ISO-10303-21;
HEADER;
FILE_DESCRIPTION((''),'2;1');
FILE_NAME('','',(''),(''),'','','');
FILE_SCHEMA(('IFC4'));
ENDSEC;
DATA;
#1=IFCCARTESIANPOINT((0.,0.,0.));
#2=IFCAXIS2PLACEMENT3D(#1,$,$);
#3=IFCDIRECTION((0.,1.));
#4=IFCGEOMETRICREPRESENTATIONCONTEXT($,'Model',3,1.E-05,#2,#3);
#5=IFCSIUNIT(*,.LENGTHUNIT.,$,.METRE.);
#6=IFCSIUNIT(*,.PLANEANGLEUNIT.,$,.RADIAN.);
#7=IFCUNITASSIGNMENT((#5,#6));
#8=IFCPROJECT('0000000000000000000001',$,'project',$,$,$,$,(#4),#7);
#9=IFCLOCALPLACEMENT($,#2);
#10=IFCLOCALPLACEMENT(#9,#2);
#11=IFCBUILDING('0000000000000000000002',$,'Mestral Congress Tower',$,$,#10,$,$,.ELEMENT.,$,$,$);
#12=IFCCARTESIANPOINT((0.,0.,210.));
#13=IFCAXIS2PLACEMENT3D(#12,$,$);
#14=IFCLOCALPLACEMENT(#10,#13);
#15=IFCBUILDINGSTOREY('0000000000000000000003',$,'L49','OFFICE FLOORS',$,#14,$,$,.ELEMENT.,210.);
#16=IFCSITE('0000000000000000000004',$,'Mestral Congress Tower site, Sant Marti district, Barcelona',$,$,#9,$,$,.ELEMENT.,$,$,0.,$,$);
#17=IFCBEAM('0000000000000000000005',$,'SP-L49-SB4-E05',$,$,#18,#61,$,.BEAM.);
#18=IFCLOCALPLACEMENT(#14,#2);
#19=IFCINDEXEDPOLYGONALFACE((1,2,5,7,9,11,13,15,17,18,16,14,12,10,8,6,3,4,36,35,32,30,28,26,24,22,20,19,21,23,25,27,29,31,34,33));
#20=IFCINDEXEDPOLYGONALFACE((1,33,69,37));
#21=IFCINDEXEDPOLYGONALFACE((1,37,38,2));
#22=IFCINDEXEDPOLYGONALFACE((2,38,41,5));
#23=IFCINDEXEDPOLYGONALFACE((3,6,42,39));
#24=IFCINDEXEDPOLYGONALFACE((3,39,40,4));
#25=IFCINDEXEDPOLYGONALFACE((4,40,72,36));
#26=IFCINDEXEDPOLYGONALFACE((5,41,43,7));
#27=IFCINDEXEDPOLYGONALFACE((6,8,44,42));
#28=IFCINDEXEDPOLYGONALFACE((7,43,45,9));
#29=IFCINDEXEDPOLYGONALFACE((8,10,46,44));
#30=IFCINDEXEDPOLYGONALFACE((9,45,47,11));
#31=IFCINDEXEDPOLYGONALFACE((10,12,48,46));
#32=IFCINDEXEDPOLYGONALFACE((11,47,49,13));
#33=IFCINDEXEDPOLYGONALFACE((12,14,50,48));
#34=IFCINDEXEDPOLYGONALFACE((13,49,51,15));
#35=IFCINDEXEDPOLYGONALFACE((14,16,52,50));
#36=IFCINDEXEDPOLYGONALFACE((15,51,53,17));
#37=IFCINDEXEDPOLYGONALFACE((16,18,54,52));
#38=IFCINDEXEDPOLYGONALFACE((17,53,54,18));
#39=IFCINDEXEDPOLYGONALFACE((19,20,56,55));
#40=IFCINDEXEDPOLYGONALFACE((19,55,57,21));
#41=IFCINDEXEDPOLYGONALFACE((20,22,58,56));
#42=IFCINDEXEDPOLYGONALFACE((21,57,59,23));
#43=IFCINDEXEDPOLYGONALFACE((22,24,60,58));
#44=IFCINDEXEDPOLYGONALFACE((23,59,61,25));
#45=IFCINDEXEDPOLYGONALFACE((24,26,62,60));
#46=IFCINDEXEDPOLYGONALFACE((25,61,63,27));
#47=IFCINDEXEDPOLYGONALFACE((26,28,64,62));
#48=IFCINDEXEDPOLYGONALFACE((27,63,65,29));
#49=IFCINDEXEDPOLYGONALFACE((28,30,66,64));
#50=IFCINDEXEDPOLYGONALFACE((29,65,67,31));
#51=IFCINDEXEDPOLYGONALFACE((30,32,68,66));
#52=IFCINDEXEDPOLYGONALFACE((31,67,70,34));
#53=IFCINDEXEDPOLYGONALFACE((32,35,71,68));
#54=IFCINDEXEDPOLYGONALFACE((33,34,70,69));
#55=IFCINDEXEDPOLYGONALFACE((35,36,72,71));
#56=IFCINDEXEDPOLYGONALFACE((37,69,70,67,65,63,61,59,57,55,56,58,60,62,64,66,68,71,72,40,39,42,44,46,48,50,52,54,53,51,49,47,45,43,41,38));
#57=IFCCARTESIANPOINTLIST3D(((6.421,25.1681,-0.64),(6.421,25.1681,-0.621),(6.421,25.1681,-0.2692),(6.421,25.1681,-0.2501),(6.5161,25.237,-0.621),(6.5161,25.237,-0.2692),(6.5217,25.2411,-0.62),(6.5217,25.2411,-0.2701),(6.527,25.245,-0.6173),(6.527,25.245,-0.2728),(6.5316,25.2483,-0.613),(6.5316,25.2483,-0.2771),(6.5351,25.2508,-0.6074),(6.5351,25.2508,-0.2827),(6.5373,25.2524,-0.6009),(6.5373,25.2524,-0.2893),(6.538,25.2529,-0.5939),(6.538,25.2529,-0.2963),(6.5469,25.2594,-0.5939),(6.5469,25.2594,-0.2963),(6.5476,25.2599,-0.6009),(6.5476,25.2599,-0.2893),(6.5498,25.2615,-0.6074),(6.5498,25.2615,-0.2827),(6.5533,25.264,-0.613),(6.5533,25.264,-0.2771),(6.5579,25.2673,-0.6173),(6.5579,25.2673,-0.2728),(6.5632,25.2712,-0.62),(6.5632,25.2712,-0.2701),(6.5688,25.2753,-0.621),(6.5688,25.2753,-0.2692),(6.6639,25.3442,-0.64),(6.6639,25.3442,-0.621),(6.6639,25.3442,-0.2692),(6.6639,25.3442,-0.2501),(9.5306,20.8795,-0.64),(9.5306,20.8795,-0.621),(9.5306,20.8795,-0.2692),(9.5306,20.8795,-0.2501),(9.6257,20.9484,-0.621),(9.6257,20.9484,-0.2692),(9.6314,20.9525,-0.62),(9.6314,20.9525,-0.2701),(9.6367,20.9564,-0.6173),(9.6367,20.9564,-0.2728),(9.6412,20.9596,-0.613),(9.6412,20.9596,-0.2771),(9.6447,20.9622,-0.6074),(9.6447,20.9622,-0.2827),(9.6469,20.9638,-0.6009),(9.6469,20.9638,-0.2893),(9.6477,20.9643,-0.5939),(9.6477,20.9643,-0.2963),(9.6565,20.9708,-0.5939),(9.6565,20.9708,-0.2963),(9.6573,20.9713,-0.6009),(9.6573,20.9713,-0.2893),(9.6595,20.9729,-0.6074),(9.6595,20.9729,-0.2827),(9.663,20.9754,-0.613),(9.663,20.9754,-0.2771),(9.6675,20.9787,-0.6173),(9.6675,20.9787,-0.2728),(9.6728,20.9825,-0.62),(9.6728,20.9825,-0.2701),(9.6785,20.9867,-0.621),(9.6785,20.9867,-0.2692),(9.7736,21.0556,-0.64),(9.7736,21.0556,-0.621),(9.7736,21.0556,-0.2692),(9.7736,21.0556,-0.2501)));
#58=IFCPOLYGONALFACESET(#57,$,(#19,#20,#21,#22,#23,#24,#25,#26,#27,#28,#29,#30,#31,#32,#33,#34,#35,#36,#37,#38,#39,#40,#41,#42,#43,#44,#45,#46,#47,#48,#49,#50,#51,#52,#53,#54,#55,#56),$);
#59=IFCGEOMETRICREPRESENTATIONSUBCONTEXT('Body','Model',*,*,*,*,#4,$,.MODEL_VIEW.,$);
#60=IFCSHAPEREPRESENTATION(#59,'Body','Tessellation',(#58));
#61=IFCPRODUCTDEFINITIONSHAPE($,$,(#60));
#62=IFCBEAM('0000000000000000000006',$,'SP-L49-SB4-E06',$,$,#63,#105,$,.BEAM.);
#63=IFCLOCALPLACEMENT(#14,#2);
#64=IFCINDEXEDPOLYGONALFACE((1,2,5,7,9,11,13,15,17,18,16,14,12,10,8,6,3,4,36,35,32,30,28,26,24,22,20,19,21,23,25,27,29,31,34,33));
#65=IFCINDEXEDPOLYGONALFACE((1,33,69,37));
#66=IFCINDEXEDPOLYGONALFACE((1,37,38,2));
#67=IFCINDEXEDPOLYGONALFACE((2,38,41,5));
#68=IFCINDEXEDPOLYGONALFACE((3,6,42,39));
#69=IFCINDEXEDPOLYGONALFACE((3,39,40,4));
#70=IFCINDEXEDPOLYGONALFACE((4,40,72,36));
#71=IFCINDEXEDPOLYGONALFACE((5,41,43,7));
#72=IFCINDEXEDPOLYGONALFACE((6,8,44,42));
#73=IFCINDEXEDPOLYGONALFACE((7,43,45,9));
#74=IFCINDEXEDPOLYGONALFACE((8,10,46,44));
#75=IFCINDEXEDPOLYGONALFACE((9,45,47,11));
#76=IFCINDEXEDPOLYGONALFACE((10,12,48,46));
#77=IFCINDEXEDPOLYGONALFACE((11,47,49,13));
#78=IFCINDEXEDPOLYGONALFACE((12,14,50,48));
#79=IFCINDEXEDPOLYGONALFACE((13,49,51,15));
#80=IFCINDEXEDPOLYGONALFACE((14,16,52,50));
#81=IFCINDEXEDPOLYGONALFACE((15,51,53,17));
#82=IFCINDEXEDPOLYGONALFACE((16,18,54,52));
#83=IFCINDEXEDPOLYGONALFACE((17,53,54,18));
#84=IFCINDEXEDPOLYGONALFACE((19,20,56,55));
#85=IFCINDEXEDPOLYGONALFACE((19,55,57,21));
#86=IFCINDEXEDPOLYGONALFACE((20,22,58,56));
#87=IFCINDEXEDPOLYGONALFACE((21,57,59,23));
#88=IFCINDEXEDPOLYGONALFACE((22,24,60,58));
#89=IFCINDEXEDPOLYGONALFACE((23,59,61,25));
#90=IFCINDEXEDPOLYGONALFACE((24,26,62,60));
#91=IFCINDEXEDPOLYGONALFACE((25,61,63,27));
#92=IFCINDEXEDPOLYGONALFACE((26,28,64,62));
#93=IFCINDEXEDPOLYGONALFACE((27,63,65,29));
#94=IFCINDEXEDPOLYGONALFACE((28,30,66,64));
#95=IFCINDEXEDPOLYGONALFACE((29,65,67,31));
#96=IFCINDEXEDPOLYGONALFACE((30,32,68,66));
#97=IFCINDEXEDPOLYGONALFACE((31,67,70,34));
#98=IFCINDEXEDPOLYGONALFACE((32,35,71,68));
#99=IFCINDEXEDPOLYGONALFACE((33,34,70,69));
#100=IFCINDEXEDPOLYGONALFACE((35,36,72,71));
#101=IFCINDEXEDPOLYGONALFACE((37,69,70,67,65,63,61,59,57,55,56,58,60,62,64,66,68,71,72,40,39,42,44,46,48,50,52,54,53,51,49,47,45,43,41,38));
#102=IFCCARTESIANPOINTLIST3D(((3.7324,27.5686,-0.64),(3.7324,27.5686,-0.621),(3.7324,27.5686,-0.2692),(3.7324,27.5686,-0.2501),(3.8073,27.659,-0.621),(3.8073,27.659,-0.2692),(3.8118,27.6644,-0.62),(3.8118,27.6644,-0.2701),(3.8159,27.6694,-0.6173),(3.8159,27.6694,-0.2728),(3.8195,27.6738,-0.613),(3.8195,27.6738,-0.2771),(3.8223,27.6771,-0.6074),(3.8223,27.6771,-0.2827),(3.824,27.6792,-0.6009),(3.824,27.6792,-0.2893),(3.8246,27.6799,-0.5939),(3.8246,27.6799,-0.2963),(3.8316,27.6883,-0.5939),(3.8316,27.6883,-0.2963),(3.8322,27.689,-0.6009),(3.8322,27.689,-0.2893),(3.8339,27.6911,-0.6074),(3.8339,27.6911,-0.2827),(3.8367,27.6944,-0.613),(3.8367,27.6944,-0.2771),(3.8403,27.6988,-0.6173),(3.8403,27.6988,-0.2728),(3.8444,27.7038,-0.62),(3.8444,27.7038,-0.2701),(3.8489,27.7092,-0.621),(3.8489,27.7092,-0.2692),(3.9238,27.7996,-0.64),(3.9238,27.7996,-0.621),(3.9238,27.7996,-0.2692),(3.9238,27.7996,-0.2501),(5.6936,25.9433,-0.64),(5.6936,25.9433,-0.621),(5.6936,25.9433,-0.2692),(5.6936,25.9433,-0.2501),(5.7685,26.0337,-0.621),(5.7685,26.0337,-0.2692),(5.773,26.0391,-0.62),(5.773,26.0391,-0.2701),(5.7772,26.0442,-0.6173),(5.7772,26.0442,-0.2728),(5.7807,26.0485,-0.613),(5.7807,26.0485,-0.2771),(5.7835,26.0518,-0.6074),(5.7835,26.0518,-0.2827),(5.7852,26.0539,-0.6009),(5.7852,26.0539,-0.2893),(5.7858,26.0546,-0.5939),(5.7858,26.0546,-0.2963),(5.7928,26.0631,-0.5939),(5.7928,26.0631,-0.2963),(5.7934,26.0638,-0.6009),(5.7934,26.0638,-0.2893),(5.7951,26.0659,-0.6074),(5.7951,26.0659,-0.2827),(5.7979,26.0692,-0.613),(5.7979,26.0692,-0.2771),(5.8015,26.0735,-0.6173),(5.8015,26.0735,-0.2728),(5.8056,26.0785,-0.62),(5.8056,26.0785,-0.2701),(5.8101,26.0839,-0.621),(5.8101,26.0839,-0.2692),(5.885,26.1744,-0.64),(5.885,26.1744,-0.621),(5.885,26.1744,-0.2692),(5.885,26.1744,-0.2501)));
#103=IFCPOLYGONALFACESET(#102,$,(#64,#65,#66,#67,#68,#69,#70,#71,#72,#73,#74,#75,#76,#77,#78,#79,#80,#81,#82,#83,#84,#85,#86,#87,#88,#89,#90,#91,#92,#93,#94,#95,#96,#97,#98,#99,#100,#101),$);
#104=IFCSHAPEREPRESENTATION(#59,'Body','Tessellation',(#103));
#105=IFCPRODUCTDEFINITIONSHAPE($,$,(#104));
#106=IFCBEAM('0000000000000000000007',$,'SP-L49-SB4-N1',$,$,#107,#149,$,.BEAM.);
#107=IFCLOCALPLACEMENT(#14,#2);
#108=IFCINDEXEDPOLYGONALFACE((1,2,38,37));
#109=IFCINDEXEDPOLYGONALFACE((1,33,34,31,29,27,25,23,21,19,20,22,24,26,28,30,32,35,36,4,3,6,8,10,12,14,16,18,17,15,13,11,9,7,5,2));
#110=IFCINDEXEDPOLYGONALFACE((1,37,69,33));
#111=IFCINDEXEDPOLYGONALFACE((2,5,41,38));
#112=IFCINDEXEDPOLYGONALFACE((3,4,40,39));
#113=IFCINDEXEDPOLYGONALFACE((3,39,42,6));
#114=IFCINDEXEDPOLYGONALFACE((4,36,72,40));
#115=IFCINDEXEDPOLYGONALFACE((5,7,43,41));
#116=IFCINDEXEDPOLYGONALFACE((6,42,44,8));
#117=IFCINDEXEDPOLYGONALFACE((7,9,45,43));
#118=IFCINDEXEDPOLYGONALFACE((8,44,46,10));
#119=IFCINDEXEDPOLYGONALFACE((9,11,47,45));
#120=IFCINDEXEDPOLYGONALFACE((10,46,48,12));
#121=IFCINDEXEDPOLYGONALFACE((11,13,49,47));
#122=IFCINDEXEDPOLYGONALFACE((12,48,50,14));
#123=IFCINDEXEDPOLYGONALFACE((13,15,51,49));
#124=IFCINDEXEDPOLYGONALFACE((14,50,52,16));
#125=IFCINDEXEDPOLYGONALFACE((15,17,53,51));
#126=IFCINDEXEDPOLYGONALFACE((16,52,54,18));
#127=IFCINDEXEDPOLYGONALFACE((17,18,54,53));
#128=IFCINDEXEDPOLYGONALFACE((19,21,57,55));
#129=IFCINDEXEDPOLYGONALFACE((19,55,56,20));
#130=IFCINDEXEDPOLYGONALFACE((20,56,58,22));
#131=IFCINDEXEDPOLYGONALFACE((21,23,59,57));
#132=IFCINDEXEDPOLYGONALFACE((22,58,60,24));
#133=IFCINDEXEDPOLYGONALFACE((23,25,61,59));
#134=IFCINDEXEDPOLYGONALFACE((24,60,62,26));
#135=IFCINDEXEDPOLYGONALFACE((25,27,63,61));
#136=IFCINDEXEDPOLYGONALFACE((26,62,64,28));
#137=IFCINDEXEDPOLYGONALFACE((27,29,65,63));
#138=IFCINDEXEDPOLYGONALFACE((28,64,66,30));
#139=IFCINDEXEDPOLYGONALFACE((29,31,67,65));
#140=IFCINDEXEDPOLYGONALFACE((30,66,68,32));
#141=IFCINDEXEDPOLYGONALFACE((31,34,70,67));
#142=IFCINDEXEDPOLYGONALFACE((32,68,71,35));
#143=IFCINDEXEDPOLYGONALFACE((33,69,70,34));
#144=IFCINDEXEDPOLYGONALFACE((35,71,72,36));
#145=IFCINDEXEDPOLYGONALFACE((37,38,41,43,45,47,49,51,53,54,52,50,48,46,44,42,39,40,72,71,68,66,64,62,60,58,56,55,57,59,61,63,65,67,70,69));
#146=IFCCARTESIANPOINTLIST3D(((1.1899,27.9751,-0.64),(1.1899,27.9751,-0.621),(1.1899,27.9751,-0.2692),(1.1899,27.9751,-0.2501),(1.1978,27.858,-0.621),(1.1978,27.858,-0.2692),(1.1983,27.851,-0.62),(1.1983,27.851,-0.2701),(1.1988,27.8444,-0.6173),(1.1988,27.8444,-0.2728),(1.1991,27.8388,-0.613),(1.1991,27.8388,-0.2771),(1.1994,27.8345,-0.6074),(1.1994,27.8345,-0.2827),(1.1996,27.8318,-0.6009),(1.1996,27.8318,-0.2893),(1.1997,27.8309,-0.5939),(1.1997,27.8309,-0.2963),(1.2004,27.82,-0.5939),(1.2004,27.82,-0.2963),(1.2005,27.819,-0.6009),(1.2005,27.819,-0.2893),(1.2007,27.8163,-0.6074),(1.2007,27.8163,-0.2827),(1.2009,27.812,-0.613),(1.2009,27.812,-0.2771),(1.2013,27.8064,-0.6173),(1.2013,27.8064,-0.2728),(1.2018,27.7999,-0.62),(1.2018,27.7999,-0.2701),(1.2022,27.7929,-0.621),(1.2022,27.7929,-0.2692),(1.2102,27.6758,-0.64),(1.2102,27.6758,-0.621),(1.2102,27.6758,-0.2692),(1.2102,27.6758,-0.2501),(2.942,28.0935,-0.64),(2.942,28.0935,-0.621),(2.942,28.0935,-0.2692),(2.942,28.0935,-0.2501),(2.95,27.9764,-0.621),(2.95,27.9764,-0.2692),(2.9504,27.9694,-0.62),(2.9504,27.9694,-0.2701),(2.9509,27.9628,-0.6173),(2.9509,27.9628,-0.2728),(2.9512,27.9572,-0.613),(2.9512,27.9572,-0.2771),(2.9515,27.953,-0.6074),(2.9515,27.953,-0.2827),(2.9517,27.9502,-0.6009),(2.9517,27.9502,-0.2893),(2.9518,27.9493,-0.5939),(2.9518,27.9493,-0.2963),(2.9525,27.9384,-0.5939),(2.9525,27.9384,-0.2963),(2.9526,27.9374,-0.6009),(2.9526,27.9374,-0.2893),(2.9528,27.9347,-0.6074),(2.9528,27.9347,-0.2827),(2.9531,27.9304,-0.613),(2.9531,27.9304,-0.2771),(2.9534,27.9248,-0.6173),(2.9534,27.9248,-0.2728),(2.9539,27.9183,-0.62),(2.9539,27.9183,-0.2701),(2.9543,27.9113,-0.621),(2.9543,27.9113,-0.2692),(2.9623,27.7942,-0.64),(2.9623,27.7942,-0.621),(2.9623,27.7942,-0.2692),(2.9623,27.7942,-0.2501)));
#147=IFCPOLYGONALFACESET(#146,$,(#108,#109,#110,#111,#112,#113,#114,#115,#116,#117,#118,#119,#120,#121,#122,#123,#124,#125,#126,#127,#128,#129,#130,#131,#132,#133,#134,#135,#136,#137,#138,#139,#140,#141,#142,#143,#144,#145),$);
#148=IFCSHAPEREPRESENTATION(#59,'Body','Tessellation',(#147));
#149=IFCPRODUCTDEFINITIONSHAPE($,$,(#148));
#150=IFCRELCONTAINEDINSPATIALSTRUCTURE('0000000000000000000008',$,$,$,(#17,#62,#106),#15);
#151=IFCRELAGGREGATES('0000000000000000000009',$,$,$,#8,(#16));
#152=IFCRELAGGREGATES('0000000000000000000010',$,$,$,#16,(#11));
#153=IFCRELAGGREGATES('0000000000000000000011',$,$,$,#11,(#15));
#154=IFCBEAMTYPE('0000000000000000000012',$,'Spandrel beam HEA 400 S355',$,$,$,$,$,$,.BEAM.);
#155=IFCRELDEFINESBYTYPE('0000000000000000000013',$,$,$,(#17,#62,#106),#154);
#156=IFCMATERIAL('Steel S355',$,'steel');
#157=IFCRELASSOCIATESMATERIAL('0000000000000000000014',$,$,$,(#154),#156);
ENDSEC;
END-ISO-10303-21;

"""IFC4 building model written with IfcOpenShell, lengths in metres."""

from ifc_helpers import new_model, si_unit, direction, frame, origin, origin_2d, place, context, subcontext, project, spatial, i_section, extrude, material, material_profile, profile_set, type_object, element, save


model = new_model("IFC4")

# Units and contexts
model_context = context("Model", 3, precision=1e-05, world=origin(), true_north=direction((0.0, 1.0)))
body_context = subcontext(model_context, "Body", "Model", "MODEL_VIEW")
ifc_project = project(units=[si_unit("LENGTHUNIT", "METRE"), si_unit("PLANEANGLEUNIT", "RADIAN")], contexts=[model_context])

# Site, building, storey
site_placement = place(None, origin())
site = spatial("IfcSite", under=ifc_project, at=site_placement, Name="Mestral Congress Tower site, Sant Marti district, Barcelona", CompositionType="ELEMENT", RefElevation=0.0)
building_placement = place(site_placement, origin())
building = spatial("IfcBuilding", under=site, at=building_placement, Name="Mestral Congress Tower", CompositionType="ELEMENT")
storey_placement = place(building_placement, frame((0.0, 0.0, 210.0)))
storey = spatial("IfcBuildingStorey", under=building, at=storey_placement, Name="L49", Description="OFFICE FLOORS", CompositionType="ELEMENT", Elevation=210.0)

# Beams
ifc_material_1 = material(Name="Steel S355", Category="steel")
ifc_material_profile_1 = material_profile(ifc_material_1, i_section(OverallWidth=0.3, OverallDepth=0.3899, WebThickness=0.011, FlangeThickness=0.019, FilletRadius=0.0271, at=origin_2d()), Name="HEA 400")
ifc_profile_set_1 = profile_set([ifc_material_profile_1], Name="Steel S355")
beam_type_1 = type_object("IfcBeamType", Name="Spandrel beam HEA 400 S355", PredefinedType="BEAM", material=ifc_profile_set_1)
beam_1_placement = place(storey_placement, frame((9.6521, 20.9675, -0.4451), z_axis=(-0.587017, 0.809574, 0.0), x_axis=(-0.809574, -0.587017, 0.0)))
element("IfcBeam", 1, at=beam_1_placement, inside=storey, type_object=beam_type_1, Name="SP-L49-SB4-E05", PredefinedType="BEAM", context=body_context, shape_type="SweptSolid", body=[
    extrude(i_section(OverallWidth=0.3, OverallDepth=0.3899, WebThickness=0.011, FlangeThickness=0.019, FilletRadius=0.0271, at=origin_2d()), origin(), (0.0, 0.0, 1.0), 5.2974),
])
beam_2_placement = place(storey_placement, frame((5.7893, 26.0588, -0.4451), z_axis=(-0.76997, 0.63808, 0.0), x_axis=(-0.63808, -0.76997, 0.0)))
element("IfcBeam", 2, at=beam_2_placement, inside=storey, type_object=beam_type_1, Name="SP-L49-SB4-E06", PredefinedType="BEAM", context=body_context, shape_type="SweptSolid", body=[
    extrude(i_section(OverallWidth=0.3, OverallDepth=0.3899, WebThickness=0.011, FlangeThickness=0.019, FilletRadius=0.0271, at=origin_2d()), origin(), (0.0, 0.0, 1.0), 2.5471),
])
beam_3_placement = place(storey_placement, frame((2.9521, 27.9438, -0.4451), z_axis=(-0.997724, -0.067423, 0.0), x_axis=(0.067423, -0.997724, 0.0)))
element("IfcBeam", 3, at=beam_3_placement, inside=storey, type_object=beam_type_1, Name="SP-L49-SB4-N1", PredefinedType="BEAM", context=body_context, shape_type="SweptSolid", body=[
    extrude(i_section(OverallWidth=0.3, OverallDepth=0.3899, WebThickness=0.011, FlangeThickness=0.019, FilletRadius=0.0271, at=origin_2d()), origin(), (0.0, 0.0, 1.0), 1.7561),
])

save(model, "model.ifc")
